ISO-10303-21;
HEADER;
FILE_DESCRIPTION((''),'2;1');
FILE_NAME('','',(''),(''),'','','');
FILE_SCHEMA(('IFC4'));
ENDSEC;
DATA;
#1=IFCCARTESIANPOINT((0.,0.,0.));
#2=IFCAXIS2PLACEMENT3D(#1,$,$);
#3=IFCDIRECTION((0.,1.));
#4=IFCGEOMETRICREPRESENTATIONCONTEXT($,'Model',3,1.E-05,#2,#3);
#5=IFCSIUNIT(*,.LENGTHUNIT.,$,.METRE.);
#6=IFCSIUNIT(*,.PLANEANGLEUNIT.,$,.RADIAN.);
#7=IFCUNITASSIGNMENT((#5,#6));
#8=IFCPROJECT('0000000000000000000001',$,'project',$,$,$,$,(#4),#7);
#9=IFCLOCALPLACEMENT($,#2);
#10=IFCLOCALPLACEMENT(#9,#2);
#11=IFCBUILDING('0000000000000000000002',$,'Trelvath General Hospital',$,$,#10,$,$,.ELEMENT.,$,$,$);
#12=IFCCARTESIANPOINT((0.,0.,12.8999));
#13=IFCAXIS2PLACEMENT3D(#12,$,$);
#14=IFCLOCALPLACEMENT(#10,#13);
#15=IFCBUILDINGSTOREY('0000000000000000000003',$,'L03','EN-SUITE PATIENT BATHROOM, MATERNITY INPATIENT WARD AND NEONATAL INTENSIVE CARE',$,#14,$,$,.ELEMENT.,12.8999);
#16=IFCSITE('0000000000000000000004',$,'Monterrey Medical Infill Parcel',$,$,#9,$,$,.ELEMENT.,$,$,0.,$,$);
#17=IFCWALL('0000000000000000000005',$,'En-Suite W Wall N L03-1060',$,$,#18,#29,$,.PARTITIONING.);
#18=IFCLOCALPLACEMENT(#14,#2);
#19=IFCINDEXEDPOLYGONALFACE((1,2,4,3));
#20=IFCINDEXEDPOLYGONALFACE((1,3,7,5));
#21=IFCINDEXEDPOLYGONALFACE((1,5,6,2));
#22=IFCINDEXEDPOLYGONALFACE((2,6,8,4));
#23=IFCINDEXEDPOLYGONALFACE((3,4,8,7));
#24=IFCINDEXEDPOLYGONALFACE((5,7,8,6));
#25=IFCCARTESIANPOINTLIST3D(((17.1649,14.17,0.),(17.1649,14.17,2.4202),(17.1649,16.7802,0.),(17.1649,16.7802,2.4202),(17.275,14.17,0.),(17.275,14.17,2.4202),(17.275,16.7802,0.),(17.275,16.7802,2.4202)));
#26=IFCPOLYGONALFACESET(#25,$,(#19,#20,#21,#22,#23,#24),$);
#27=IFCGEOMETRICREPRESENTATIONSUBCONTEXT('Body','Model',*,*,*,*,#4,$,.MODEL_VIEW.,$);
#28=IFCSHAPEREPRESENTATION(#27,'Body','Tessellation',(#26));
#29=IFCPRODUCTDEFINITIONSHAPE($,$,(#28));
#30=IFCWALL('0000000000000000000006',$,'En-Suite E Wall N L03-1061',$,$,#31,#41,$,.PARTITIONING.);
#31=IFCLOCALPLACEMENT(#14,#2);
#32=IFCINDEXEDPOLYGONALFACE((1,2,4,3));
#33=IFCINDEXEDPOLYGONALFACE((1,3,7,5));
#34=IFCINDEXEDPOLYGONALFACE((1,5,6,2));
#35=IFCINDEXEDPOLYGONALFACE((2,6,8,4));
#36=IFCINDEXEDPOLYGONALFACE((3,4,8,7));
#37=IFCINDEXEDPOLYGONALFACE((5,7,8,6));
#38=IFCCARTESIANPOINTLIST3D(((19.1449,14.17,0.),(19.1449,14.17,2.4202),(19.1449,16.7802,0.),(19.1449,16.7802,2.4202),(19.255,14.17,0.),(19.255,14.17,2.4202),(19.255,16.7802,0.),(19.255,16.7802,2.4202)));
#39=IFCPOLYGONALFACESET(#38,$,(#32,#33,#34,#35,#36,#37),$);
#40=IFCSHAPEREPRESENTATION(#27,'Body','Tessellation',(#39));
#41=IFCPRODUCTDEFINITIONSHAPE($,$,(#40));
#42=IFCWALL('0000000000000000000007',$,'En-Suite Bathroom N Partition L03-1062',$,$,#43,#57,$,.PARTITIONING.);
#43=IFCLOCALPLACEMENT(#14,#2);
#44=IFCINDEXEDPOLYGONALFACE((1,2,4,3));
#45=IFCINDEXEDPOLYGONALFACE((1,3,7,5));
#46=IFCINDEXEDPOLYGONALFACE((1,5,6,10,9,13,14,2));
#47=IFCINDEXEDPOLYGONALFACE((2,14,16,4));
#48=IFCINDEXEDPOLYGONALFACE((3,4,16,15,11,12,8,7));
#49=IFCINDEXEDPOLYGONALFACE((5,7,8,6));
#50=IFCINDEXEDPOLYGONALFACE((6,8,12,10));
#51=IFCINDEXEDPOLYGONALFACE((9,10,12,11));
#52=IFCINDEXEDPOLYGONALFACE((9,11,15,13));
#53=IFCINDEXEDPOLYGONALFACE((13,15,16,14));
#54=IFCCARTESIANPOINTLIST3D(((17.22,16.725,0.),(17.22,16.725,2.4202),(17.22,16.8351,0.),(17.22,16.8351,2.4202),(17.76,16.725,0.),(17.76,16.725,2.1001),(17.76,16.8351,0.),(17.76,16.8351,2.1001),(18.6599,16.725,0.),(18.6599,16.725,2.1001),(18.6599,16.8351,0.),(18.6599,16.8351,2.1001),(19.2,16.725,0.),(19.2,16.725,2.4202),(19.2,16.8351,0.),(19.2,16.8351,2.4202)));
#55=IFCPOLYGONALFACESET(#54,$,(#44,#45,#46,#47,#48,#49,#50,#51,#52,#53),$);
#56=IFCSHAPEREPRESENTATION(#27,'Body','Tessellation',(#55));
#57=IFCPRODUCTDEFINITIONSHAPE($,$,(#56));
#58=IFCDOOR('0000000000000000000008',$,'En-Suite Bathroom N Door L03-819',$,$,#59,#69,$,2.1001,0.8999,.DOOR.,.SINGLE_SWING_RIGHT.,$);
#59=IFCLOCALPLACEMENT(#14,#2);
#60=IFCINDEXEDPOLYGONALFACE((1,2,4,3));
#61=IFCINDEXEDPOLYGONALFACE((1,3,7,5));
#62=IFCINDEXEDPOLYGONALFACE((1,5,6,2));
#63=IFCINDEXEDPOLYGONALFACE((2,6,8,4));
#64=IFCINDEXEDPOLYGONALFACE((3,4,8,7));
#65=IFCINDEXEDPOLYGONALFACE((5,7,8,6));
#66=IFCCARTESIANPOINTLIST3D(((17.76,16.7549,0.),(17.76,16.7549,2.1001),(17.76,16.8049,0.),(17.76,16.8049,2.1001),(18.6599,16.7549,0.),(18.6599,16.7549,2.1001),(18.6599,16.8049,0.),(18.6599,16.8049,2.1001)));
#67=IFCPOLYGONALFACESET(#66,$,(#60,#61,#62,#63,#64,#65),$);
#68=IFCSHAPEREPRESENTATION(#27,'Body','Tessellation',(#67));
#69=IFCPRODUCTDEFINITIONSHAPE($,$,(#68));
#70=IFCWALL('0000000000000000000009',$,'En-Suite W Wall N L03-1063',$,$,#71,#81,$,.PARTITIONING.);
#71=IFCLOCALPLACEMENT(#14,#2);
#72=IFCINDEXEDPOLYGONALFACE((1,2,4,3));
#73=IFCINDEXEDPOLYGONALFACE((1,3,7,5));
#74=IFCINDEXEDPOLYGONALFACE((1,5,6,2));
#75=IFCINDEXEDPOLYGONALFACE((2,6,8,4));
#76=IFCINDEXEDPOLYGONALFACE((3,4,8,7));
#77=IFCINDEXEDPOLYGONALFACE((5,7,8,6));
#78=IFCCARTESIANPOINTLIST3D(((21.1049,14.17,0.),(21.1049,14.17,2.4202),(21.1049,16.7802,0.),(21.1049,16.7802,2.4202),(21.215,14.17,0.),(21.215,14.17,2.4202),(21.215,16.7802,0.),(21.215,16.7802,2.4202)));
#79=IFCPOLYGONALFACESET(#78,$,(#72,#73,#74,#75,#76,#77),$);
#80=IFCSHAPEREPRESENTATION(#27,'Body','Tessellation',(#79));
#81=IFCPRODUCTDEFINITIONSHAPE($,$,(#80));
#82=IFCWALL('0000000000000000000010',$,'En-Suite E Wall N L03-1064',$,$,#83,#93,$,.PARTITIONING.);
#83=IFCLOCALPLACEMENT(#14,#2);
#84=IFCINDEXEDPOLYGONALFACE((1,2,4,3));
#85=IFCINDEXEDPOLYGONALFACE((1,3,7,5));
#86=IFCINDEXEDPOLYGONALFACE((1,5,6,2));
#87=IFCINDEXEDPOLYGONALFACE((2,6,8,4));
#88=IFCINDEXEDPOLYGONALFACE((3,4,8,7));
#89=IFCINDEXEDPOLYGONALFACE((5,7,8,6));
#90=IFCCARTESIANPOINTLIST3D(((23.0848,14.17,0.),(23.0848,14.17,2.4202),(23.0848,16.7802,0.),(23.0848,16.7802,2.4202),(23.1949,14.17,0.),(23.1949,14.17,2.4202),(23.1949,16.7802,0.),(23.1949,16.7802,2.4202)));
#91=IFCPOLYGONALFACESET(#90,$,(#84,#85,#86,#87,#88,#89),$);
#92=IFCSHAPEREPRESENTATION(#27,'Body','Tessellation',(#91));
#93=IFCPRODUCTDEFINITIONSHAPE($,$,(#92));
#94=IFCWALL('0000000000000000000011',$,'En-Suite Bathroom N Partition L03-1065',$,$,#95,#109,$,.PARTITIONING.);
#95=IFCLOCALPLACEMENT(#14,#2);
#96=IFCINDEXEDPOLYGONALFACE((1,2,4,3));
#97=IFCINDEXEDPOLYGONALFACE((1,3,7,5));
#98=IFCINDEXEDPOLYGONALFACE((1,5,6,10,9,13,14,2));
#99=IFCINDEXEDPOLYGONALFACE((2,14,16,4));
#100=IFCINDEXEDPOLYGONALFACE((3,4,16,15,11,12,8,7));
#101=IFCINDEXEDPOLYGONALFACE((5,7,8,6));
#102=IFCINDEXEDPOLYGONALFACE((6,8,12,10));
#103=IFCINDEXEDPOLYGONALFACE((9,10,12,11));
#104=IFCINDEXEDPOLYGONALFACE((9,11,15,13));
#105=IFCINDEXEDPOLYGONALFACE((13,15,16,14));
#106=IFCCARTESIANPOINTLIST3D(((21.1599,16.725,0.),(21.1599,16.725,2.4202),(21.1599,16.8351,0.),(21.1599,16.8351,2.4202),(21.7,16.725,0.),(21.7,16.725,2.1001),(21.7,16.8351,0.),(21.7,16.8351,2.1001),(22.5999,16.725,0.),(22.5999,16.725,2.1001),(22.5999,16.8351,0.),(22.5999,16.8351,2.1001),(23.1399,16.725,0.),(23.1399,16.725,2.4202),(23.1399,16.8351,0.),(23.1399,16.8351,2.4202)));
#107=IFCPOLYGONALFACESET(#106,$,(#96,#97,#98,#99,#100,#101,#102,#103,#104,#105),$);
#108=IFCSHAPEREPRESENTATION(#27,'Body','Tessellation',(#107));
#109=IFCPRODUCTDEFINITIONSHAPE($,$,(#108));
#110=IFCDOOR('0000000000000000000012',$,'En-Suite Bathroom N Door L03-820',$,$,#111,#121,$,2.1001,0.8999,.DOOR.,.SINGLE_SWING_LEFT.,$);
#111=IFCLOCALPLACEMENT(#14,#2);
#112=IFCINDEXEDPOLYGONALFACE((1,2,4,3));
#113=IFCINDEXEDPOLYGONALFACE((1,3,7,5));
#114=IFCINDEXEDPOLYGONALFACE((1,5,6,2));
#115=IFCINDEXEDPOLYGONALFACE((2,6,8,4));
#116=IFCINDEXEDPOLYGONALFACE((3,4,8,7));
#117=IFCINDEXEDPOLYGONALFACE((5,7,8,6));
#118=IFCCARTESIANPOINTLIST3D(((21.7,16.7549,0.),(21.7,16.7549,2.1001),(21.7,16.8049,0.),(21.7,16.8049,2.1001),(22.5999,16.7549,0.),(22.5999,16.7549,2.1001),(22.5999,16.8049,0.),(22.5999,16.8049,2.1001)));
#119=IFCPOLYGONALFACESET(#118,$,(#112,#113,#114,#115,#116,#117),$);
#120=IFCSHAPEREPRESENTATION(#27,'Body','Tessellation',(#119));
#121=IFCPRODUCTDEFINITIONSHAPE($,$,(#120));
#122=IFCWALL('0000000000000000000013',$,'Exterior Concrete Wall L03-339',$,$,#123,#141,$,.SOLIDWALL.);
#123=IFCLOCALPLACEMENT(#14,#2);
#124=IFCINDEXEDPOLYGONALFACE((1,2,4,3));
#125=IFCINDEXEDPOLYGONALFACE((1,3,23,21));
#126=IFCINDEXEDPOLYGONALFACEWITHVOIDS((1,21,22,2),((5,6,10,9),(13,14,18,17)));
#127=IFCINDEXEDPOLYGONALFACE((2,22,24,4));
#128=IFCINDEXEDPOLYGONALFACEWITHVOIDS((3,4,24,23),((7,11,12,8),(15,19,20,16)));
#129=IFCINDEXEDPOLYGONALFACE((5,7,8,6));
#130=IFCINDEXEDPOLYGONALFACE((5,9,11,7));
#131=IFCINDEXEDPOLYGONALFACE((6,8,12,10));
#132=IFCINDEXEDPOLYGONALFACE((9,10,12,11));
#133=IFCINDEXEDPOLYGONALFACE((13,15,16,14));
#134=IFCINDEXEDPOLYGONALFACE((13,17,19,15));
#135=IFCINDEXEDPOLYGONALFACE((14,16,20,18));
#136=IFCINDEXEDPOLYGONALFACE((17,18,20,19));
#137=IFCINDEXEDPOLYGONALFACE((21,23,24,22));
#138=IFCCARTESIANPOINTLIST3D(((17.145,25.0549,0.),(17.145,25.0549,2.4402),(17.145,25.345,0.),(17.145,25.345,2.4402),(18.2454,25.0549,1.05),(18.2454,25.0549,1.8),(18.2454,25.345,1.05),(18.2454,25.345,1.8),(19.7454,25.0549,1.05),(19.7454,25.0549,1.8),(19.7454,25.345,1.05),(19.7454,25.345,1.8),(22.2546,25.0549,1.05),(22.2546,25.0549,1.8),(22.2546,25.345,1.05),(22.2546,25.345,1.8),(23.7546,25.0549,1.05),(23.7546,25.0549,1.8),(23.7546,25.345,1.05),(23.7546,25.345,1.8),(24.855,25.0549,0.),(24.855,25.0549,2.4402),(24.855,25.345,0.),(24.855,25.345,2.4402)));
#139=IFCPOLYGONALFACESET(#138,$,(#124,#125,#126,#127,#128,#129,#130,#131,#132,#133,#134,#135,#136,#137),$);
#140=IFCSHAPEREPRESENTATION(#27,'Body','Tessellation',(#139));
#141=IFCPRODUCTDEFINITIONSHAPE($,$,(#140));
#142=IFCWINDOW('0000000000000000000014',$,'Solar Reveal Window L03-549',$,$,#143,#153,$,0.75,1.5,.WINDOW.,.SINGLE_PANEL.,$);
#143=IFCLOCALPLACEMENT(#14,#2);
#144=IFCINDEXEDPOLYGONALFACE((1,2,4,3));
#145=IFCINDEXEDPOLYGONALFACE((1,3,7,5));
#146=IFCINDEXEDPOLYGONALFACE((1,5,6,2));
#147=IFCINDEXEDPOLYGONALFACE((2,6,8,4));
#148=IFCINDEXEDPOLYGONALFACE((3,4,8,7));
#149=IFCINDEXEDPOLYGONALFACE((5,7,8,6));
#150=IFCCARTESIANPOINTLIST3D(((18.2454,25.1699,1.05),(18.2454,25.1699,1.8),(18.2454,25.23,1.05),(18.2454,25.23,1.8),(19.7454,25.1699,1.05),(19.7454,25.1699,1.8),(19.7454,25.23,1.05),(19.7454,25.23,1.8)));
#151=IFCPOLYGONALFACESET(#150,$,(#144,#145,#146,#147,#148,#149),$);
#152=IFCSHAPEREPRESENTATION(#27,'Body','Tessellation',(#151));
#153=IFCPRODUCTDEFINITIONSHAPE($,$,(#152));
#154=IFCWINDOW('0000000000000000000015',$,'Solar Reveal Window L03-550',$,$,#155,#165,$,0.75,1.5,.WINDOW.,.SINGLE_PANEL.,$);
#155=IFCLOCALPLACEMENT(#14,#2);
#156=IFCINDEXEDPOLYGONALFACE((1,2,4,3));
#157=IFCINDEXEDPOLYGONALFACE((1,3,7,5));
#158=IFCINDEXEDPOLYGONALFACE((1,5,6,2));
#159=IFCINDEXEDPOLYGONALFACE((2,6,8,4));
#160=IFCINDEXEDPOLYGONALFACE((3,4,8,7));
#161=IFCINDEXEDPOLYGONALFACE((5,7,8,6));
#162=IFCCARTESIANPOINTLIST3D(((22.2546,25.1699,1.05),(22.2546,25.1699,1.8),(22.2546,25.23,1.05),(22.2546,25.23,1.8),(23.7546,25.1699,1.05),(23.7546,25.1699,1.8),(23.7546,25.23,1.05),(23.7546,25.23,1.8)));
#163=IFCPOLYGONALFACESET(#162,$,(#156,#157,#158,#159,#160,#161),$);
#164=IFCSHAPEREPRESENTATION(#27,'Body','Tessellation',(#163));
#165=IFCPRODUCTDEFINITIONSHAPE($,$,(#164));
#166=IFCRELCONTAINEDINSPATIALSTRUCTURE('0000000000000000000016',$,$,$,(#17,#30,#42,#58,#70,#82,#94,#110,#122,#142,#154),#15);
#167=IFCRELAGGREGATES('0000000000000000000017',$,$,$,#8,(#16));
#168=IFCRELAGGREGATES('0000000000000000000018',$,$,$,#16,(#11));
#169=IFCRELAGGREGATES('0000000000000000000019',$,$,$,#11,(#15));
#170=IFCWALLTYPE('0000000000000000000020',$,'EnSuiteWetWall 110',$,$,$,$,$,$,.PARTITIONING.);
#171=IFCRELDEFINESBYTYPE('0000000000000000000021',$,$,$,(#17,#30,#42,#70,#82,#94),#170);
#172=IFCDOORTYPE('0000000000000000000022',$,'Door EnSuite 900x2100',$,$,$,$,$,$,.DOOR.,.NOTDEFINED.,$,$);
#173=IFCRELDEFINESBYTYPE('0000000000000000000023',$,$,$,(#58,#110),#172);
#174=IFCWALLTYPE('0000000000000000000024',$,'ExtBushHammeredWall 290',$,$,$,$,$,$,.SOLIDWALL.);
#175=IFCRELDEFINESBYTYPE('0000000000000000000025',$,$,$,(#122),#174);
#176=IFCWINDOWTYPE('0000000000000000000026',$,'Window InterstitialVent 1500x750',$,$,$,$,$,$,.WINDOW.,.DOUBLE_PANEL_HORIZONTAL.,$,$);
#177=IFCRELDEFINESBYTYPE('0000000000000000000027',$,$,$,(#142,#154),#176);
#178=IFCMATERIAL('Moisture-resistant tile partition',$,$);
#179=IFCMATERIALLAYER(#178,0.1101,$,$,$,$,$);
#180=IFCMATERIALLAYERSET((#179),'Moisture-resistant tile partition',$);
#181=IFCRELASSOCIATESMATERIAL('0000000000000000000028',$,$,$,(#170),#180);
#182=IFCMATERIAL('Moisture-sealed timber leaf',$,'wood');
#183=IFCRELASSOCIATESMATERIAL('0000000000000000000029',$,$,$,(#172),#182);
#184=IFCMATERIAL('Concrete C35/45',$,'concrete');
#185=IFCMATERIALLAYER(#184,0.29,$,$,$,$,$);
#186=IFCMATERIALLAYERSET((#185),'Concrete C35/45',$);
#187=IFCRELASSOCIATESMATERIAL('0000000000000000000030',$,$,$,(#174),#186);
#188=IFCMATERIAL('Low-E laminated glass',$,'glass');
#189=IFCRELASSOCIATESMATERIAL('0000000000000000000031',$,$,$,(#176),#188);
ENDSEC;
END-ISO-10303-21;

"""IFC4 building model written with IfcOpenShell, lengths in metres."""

from ifc_helpers import new_model, si_unit, direction, frame, frame_2d, origin, place, context, subcontext, project, spatial, rectangle, extrude, material, layer, layer_set, type_object, element, fill, save


model = new_model("IFC4")

# Units and contexts
model_context = context("Model", 3, precision=1e-05, world=origin(), true_north=direction((0.0, 1.0)))
body_context = subcontext(model_context, "Body", "Model", "MODEL_VIEW")
ifc_project = project(units=[si_unit("LENGTHUNIT", "METRE"), si_unit("PLANEANGLEUNIT", "RADIAN")], contexts=[model_context])

# Site, building, storey
site_placement = place(None, origin())
site = spatial("IfcSite", under=ifc_project, at=site_placement, Name="Monterrey Medical Infill Parcel", CompositionType="ELEMENT", RefElevation=0.0)
building_placement = place(site_placement, origin())
building = spatial("IfcBuilding", under=site, at=building_placement, Name="Trelvath General Hospital", CompositionType="ELEMENT")
storey_placement = place(building_placement, frame((0.0, 0.0, 12.8999)))
storey = spatial("IfcBuildingStorey", under=building, at=storey_placement, Name="L03", Description="EN-SUITE PATIENT BATHROOM, MATERNITY INPATIENT WARD AND NEONATAL INTENSIVE CARE", CompositionType="ELEMENT", Elevation=12.8999)

# Walls
ifc_material_1 = material(Name="Moisture-resistant tile partition")
ifc_layer_1 = layer(ifc_material_1, 0.1101)
ifc_layer_set_1 = layer_set([ifc_layer_1], Name="Moisture-resistant tile partition")
wall_type_1 = type_object("IfcWallType", Name="EnSuiteWetWall 110", PredefinedType="PARTITIONING", material=ifc_layer_set_1)
for number, where, z_axis, x_axis, name in (
    (1, (17.22, 14.1699, 0.0), (0.0, 0.0, 1.0), (0.0, 1.0, 0.0), "En-Suite W Wall N L03-1060"),
    (2, (19.2, 14.1699, 0.0), (0.0, 0.0, 1.0), (0.0, 1.0, 0.0), "En-Suite E Wall N L03-1061"),
):
    element("IfcWall", number, at=place(storey_placement, frame(where, z_axis=z_axis, x_axis=x_axis)), inside=storey, type_object=wall_type_1, Name=name, PredefinedType="PARTITIONING", context=body_context, shape_type="SweptSolid", body=[
        extrude(rectangle(XDim=2.6101, YDim=0.1101, at=frame_2d((1.3052, 0.0))), origin(), (0.0, 0.0, 1.0), 2.4202),
    ])

# Wall, opening, door
wall_1_placement = place(storey_placement, frame((17.22, 16.78, 0.0), z_axis=(0.0, 0.0, 1.0), x_axis=(1.0, 0.0, 0.0)))
wall_1 = element("IfcWall", 3, at=wall_1_placement, inside=storey, type_object=wall_type_1, Name="En-Suite Bathroom N Partition L03-1062", PredefinedType="PARTITIONING", context=body_context, shape_type="SweptSolid", body=[
    extrude(rectangle(XDim=1.98, YDim=0.1101, at=frame_2d((0.99, 0.0))), origin(), (0.0, 0.0, 1.0), 2.4202),
])
opening_1_placement = place(wall_1_placement, frame((0.54, 0.0, 0.0)))
opening_1 = element("IfcOpeningElement", 4, at=opening_1_placement, cuts=wall_1, PredefinedType="OPENING", context=body_context, shape_type="SweptSolid", body=[
    extrude(rectangle(XDim=0.8999, YDim=2.1001, at=frame_2d((0.45, 1.05))), frame((0.0, 0.0649, 0.0), z_axis=(0.0, -1.0, 0.0), x_axis=(1.0, 0.0, 0.0)), (0.0, 0.0, 1.0), 0.1301),
])
ifc_material_2 = material(Name="Moisture-sealed timber leaf", Category="wood")
door_type_1 = type_object("IfcDoorType", Name="Door EnSuite 900x2100", OperationType="NOTDEFINED", PredefinedType="DOOR", material=ifc_material_2)
door_1_placement = place(opening_1_placement, origin())
door_1 = element("IfcDoor", 5, at=door_1_placement, inside=storey, type_object=door_type_1, Name="En-Suite Bathroom N Door L03-819", OperationType="SINGLE_SWING_RIGHT", OverallHeight=2.1001, OverallWidth=0.8999, PredefinedType="DOOR", context=body_context, shape_type="SweptSolid", body=[
    extrude(rectangle(XDim=0.8999, YDim=2.1001, at=frame_2d((0.45, 1.05))), frame((0.0, 0.0249, 0.0), z_axis=(0.0, -1.0, 0.0), x_axis=(1.0, 0.0, 0.0)), (0.0, 0.0, 1.0), 0.05),
])
fill(opening_1, door_1)

# Walls
for number, where, z_axis, x_axis, name in (
    (6, (21.1599, 14.1699, 0.0), (0.0, 0.0, 1.0), (0.0, 1.0, 0.0), "En-Suite W Wall N L03-1063"),
    (7, (23.1399, 14.1699, 0.0), (0.0, 0.0, 1.0), (0.0, 1.0, 0.0), "En-Suite E Wall N L03-1064"),
):
    element("IfcWall", number, at=place(storey_placement, frame(where, z_axis=z_axis, x_axis=x_axis)), inside=storey, type_object=wall_type_1, Name=name, PredefinedType="PARTITIONING", context=body_context, shape_type="SweptSolid", body=[
        extrude(rectangle(XDim=2.6101, YDim=0.1101, at=frame_2d((1.3052, 0.0))), origin(), (0.0, 0.0, 1.0), 2.4202),
    ])

# Wall, opening, door
wall_2_placement = place(storey_placement, frame((21.1599, 16.78, 0.0), z_axis=(0.0, 0.0, 1.0), x_axis=(1.0, 0.0, 0.0)))
wall_2 = element("IfcWall", 8, at=wall_2_placement, inside=storey, type_object=wall_type_1, Name="En-Suite Bathroom N Partition L03-1065", PredefinedType="PARTITIONING", context=body_context, shape_type="SweptSolid", body=[
    extrude(rectangle(XDim=1.98, YDim=0.1101, at=frame_2d((0.99, 0.0))), origin(), (0.0, 0.0, 1.0), 2.4202),
])
opening_2_placement = place(wall_2_placement, frame((0.54, 0.0, 0.0)))
opening_2 = element("IfcOpeningElement", 9, at=opening_2_placement, cuts=wall_2, PredefinedType="OPENING", context=body_context, shape_type="SweptSolid", body=[
    extrude(rectangle(XDim=0.8999, YDim=2.1001, at=frame_2d((0.45, 1.05))), frame((0.0, 0.0649, 0.0), z_axis=(0.0, -1.0, 0.0), x_axis=(1.0, 0.0, 0.0)), (0.0, 0.0, 1.0), 0.1301),
])
door_2_placement = place(opening_2_placement, origin())
door_2 = element("IfcDoor", 10, at=door_2_placement, inside=storey, type_object=door_type_1, Name="En-Suite Bathroom N Door L03-820", OperationType="SINGLE_SWING_LEFT", OverallHeight=2.1001, OverallWidth=0.8999, PredefinedType="DOOR", context=body_context, shape_type="SweptSolid", body=[
    extrude(rectangle(XDim=0.8999, YDim=2.1001, at=frame_2d((0.45, 1.05))), frame((0.0, 0.0249, 0.0), z_axis=(0.0, -1.0, 0.0), x_axis=(1.0, 0.0, 0.0)), (0.0, 0.0, 1.0), 0.05),
])
fill(opening_2, door_2)

# Wall, openings, windows
ifc_material_3 = material(Name="Concrete C35/45", Category="concrete")
ifc_layer_2 = layer(ifc_material_3, 0.29)
ifc_layer_set_2 = layer_set([ifc_layer_2], Name="Concrete C35/45")
wall_type_2 = type_object("IfcWallType", Name="ExtBushHammeredWall 290", PredefinedType="SOLIDWALL", material=ifc_layer_set_2)
wall_3_placement = place(storey_placement, frame((17.145, 25.2, 0.0), z_axis=(0.0, 0.0, 1.0), x_axis=(1.0, 0.0, 0.0)))
wall_3 = element("IfcWall", 11, at=wall_3_placement, inside=storey, type_object=wall_type_2, Name="Exterior Concrete Wall L03-339", PredefinedType="SOLIDWALL", context=body_context, shape_type="SweptSolid", body=[
    extrude(rectangle(XDim=7.71, YDim=0.29, at=frame_2d((3.855, 0.0))), origin(), (0.0, 0.0, 1.0), 2.4402),
])
opening_3_placement = place(wall_3_placement, frame((1.1003, 0.0, 1.05)))
opening_3 = element("IfcOpeningElement", 12, at=opening_3_placement, cuts=wall_3, PredefinedType="OPENING", context=body_context, shape_type="SweptSolid", body=[
    extrude(rectangle(XDim=1.5, YDim=0.75, at=frame_2d((0.75, 0.375))), frame((0.0, 0.155, 0.0), z_axis=(0.0, -1.0, 0.0), x_axis=(1.0, 0.0, 0.0)), (0.0, 0.0, 1.0), 0.3101),
])
opening_4_placement = place(wall_3_placement, frame((5.1096, 0.0, 1.05)))
opening_4 = element("IfcOpeningElement", 13, at=opening_4_placement, cuts=wall_3, PredefinedType="OPENING", context=body_context, shape_type="SweptSolid", body=[
    extrude(rectangle(XDim=1.5, YDim=0.75, at=frame_2d((0.75, 0.375))), frame((0.0, 0.155, 0.0), z_axis=(0.0, -1.0, 0.0), x_axis=(1.0, 0.0, 0.0)), (0.0, 0.0, 1.0), 0.3101),
])
ifc_material_4 = material(Name="Low-E laminated glass", Category="glass")
window_type_1 = type_object("IfcWindowType", Name="Window InterstitialVent 1500x750", PartitioningType="DOUBLE_PANEL_HORIZONTAL", PredefinedType="WINDOW", material=ifc_material_4)
window_1_placement = place(opening_3_placement, origin())
window_1 = element("IfcWindow", 14, at=window_1_placement, inside=storey, type_object=window_type_1, Name="Solar Reveal Window L03-549", OverallHeight=0.75, OverallWidth=1.5, PartitioningType="SINGLE_PANEL", PredefinedType="WINDOW", context=body_context, shape_type="SweptSolid", body=[
    extrude(rectangle(XDim=1.5, YDim=0.75, at=frame_2d((0.75, 0.375))), frame((0.0, 0.03, 0.0), z_axis=(0.0, -1.0, 0.0), x_axis=(1.0, 0.0, 0.0)), (0.0, 0.0, 1.0), 0.0601),
])
fill(opening_3, window_1)
window_2_placement = place(opening_4_placement, origin())
window_2 = element("IfcWindow", 15, at=window_2_placement, inside=storey, type_object=window_type_1, Name="Solar Reveal Window L03-550", OverallHeight=0.75, OverallWidth=1.5, PartitioningType="SINGLE_PANEL", PredefinedType="WINDOW", context=body_context, shape_type="SweptSolid", body=[
    extrude(rectangle(XDim=1.5, YDim=0.75, at=frame_2d((0.75, 0.375))), frame((0.0, 0.03, 0.0), z_axis=(0.0, -1.0, 0.0), x_axis=(1.0, 0.0, 0.0)), (0.0, 0.0, 1.0), 0.0601),
])
fill(opening_4, window_2)

save(model, "model.ifc")
